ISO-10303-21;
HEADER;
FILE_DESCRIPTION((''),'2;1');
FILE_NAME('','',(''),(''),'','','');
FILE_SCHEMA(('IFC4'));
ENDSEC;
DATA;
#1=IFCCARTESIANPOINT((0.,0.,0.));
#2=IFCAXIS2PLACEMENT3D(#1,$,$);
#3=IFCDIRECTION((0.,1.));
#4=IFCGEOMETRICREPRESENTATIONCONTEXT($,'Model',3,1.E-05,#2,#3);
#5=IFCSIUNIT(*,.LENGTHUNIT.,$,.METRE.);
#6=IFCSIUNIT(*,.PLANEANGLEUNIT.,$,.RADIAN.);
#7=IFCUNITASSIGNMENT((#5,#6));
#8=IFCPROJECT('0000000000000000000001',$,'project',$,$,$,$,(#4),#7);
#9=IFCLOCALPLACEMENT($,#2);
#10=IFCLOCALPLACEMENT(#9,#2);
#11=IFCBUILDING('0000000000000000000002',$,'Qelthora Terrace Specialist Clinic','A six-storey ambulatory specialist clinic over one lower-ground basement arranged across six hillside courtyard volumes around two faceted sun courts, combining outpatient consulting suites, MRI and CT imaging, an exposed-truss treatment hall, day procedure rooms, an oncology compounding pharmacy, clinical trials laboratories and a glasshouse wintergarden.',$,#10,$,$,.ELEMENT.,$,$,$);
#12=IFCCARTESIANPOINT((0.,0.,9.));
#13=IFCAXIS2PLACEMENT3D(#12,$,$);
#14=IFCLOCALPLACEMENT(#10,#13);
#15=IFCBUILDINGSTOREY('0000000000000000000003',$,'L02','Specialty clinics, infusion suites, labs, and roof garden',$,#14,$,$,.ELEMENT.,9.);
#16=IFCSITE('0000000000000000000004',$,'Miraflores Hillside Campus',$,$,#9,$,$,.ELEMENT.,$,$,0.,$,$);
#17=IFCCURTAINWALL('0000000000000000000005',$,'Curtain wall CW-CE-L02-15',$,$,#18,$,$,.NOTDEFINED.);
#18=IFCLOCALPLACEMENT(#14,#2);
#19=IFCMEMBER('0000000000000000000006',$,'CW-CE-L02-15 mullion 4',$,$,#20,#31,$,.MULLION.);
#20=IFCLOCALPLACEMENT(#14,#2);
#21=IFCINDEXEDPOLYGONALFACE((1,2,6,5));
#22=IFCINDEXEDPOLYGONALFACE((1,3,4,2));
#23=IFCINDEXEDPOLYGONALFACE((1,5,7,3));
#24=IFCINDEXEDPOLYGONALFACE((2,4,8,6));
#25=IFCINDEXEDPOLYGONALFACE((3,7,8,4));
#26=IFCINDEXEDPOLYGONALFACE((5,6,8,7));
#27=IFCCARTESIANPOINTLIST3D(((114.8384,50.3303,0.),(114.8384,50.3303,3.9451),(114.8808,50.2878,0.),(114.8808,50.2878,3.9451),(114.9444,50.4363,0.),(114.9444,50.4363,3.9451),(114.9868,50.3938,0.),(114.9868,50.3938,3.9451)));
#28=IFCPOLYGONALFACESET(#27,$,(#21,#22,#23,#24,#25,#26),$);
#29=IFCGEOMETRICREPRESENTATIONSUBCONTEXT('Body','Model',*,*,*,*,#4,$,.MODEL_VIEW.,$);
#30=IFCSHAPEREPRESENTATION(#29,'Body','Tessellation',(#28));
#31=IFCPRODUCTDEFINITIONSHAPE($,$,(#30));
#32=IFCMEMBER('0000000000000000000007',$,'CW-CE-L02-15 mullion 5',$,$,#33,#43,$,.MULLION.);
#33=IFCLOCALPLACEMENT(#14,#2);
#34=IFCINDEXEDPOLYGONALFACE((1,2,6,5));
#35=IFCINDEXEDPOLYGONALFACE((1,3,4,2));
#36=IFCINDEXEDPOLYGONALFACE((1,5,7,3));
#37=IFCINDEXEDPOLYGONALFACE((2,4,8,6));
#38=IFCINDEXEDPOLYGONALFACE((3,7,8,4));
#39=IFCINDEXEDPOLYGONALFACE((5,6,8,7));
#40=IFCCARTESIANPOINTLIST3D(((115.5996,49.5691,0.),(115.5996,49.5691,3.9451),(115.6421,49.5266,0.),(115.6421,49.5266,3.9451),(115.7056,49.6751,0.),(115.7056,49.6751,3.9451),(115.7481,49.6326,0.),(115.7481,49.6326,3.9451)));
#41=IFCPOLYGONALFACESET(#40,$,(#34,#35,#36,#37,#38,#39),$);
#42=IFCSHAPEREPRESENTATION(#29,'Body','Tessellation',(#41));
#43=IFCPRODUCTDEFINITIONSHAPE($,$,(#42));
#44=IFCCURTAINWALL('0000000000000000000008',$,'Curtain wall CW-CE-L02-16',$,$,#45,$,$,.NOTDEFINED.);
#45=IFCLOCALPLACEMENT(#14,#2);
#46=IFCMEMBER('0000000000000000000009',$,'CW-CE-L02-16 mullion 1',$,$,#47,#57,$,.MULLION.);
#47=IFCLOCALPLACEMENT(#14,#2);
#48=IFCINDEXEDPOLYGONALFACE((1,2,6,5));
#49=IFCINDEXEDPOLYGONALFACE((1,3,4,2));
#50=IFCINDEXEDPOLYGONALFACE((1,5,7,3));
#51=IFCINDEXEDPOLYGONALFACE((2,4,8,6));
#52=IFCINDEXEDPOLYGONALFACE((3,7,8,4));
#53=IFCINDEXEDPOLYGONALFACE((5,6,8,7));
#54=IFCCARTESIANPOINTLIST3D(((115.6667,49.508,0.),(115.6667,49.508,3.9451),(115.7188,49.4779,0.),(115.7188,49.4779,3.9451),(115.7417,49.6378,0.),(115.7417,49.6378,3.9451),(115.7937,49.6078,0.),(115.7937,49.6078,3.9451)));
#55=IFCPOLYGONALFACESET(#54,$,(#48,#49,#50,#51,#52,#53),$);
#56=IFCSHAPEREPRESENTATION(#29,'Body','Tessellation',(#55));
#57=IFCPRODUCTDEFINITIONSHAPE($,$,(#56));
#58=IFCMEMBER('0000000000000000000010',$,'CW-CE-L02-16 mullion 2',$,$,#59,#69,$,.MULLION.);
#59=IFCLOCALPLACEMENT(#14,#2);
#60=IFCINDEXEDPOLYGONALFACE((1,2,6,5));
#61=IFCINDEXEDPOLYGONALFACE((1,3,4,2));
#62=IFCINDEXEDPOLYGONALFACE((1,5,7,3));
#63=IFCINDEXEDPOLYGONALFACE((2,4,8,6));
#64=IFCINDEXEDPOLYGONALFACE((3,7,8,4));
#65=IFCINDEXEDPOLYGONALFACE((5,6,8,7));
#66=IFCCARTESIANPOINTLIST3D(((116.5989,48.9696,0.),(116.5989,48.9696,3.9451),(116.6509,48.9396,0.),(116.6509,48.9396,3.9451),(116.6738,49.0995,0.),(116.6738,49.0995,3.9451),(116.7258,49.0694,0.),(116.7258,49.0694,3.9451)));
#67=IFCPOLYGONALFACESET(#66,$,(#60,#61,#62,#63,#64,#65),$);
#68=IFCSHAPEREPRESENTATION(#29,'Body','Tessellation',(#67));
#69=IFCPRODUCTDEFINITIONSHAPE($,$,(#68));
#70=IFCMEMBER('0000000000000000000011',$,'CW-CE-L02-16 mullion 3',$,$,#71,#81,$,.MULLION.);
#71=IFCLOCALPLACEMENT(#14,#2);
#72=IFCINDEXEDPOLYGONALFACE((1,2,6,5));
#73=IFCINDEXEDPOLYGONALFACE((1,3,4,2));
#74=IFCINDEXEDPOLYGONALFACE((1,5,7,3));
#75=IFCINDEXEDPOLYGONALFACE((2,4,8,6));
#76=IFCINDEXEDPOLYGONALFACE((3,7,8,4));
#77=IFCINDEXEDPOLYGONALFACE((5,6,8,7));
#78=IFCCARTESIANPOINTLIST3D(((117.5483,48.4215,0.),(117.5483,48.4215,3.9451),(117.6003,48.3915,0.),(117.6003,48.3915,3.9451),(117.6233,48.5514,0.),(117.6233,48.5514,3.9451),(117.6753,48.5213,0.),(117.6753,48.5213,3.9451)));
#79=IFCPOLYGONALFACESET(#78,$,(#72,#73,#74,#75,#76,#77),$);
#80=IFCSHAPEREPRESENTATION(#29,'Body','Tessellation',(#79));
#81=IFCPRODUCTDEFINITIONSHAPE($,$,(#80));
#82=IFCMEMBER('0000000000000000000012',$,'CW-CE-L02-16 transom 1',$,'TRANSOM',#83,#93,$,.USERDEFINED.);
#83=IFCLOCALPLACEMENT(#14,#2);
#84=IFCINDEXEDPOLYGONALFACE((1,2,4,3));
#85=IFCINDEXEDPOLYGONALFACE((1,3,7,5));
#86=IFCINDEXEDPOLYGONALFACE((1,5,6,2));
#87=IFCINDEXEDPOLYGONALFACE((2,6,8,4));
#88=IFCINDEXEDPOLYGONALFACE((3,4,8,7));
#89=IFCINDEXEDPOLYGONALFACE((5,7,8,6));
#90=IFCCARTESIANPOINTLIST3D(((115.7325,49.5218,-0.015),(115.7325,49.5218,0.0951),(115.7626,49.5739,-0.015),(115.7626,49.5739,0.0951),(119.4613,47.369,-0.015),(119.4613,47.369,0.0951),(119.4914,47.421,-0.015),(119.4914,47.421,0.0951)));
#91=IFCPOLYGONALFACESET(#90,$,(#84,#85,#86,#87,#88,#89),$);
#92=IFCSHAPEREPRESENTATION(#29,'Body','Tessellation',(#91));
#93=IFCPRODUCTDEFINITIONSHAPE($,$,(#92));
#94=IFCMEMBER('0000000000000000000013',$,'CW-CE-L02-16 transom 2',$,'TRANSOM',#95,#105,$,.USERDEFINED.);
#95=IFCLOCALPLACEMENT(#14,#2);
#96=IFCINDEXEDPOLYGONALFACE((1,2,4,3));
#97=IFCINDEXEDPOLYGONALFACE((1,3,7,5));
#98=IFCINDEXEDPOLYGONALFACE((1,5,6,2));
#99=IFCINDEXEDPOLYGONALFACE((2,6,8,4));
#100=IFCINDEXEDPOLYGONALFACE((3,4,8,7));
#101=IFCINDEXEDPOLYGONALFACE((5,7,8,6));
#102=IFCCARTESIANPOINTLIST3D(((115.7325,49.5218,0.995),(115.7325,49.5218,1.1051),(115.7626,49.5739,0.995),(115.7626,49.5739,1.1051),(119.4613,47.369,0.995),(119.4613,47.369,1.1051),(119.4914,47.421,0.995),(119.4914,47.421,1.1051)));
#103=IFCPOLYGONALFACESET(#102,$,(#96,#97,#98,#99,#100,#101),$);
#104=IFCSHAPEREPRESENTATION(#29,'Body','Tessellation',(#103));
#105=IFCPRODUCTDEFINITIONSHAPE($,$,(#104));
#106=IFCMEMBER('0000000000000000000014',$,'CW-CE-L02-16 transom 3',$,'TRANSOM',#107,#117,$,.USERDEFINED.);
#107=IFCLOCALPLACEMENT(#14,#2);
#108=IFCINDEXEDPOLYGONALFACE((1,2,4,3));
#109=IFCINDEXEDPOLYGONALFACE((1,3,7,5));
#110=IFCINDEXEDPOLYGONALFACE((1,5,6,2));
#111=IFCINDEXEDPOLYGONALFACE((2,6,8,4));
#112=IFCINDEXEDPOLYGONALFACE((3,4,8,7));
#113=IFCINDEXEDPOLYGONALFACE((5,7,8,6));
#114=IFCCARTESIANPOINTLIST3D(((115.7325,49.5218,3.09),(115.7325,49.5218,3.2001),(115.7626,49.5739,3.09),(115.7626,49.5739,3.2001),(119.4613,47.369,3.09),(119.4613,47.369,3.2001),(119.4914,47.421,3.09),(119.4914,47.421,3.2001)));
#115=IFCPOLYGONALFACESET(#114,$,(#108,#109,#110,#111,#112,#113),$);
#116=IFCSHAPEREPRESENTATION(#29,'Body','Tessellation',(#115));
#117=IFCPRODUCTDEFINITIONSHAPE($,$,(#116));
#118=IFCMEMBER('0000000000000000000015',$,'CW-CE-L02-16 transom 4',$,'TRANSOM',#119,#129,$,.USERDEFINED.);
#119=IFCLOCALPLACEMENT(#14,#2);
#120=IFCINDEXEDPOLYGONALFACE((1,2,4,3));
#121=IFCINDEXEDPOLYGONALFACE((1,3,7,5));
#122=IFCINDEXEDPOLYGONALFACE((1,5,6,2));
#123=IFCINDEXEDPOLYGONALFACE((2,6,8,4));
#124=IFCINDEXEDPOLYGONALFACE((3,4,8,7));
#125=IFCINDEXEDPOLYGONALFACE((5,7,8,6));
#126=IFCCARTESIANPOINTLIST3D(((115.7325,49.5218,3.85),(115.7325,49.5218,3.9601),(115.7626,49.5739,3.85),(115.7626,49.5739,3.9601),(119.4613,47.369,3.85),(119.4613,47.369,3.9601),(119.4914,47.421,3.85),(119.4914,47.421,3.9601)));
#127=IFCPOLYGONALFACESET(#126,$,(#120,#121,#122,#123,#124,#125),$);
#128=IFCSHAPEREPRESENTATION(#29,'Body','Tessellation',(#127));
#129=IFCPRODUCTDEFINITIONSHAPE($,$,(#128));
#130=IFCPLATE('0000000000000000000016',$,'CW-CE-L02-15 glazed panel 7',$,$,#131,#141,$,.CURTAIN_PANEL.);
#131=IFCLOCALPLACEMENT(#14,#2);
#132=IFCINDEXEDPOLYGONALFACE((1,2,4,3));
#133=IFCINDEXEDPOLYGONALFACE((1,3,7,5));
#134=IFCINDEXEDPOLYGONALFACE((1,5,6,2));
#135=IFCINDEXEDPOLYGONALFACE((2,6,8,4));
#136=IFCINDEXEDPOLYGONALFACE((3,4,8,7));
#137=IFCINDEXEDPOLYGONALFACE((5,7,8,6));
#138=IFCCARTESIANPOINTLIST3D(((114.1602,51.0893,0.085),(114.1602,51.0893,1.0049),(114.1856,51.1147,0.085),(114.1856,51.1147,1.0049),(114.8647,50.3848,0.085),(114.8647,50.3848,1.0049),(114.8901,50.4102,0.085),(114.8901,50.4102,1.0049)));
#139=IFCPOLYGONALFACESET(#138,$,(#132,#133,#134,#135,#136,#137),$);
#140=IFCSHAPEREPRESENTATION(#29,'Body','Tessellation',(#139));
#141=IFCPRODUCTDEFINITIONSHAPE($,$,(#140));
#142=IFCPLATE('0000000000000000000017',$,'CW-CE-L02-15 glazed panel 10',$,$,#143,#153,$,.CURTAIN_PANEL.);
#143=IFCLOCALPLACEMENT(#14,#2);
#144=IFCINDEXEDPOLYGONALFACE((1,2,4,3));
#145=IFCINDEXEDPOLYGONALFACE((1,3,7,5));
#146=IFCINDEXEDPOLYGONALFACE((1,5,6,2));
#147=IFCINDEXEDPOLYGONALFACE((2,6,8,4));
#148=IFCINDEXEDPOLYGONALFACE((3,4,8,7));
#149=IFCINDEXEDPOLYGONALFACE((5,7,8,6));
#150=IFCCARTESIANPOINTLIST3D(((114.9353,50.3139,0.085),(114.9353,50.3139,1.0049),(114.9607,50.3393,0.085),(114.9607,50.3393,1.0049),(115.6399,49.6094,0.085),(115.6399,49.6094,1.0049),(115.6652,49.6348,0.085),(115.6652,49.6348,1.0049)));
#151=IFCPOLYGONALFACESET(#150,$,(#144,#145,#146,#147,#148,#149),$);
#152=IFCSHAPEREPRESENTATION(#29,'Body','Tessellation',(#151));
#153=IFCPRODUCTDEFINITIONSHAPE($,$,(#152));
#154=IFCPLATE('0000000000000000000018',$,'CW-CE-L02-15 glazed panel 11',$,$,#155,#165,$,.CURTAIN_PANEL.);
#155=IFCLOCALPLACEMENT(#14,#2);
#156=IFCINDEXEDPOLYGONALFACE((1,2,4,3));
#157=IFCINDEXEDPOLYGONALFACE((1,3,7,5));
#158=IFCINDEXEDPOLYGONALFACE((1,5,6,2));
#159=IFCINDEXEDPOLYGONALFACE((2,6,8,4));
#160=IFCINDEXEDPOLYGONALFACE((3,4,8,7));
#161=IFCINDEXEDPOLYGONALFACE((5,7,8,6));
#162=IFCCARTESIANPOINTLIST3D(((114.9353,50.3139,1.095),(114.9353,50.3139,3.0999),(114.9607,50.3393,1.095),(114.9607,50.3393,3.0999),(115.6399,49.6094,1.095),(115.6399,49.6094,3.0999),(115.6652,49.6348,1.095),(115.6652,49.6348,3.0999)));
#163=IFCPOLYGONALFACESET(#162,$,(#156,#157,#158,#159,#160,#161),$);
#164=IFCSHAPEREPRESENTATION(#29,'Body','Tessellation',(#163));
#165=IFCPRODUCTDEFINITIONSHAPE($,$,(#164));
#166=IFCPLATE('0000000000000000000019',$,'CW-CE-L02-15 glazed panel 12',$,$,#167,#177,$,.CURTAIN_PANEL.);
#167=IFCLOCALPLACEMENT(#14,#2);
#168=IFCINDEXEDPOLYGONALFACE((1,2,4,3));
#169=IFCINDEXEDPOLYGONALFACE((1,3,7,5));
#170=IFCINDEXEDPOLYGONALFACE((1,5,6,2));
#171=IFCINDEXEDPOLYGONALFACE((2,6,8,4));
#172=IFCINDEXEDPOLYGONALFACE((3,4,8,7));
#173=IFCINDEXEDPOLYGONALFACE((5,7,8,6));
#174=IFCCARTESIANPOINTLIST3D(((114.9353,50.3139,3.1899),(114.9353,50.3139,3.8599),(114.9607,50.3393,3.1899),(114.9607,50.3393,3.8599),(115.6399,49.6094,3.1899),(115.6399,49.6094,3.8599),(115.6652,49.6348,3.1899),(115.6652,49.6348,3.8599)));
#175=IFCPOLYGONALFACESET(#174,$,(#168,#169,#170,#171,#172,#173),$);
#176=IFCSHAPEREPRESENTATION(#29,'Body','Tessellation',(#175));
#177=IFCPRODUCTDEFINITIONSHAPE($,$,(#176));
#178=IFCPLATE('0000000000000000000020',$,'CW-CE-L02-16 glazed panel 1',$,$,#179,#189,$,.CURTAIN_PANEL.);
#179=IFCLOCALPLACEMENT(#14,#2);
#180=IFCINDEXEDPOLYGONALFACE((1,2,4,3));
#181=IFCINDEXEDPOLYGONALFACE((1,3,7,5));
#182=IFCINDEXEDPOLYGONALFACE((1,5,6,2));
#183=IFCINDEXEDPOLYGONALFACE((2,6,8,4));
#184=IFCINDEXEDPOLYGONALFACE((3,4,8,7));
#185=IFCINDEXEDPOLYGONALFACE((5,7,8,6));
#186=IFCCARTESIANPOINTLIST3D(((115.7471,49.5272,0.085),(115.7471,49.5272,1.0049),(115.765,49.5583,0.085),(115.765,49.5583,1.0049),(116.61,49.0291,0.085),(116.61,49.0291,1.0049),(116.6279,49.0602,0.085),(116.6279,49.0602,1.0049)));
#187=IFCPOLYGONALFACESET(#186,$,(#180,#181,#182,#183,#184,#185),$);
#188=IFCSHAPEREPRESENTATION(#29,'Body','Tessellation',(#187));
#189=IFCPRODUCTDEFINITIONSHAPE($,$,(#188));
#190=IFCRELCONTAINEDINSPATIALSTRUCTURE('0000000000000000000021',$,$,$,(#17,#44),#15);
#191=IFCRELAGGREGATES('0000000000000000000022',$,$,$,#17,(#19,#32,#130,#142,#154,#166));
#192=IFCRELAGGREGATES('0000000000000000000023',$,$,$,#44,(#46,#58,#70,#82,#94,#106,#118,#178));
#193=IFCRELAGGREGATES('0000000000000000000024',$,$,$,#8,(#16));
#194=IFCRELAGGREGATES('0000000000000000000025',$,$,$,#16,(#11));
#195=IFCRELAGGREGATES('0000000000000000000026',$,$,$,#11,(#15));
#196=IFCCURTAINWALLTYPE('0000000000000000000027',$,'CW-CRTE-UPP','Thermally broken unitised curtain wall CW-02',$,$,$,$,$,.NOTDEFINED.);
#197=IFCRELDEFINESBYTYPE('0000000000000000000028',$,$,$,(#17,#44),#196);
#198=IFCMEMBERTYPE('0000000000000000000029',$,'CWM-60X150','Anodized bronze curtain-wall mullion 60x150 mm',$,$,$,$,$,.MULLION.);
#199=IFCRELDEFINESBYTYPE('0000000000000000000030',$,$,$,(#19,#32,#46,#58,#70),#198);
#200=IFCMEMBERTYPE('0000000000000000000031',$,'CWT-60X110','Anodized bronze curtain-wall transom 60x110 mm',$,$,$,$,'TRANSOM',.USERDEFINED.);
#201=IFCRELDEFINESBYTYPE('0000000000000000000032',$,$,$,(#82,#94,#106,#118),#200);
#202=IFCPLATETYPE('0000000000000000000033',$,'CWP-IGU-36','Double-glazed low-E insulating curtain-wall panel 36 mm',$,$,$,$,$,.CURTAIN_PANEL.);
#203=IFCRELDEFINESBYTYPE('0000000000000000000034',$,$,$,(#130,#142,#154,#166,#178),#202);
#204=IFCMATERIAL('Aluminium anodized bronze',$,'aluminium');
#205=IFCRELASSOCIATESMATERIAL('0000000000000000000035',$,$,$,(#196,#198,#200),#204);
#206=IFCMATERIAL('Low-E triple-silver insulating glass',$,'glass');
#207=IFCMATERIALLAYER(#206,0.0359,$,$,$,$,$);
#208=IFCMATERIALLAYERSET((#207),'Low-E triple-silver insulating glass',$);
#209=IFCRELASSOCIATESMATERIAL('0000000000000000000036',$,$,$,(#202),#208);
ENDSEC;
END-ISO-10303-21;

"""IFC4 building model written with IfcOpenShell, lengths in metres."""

from ifc_helpers import new_model, si_unit, direction, frame, origin, origin_2d, place, context, subcontext, project, spatial, rectangle, extrude, material, layer, layer_set, material_profile, profile_set, type_object, element, aggregate, save


model = new_model("IFC4")

# Units and contexts
model_context = context("Model", 3, precision=1e-05, world=origin(), true_north=direction((0.0, 1.0)))
body_context = subcontext(model_context, "Body", "Model", "MODEL_VIEW")
ifc_project = project(units=[si_unit("LENGTHUNIT", "METRE"), si_unit("PLANEANGLEUNIT", "RADIAN")], contexts=[model_context])

# Site, building, storey
site_placement = place(None, origin())
site = spatial("IfcSite", under=ifc_project, at=site_placement, Name="Miraflores Hillside Campus", CompositionType="ELEMENT", RefElevation=0.0)
building_placement = place(site_placement, origin())
building = spatial("IfcBuilding", under=site, at=building_placement, Name="Qelthora Terrace Specialist Clinic", Description="A six-storey ambulatory specialist clinic over one lower-ground basement arranged across six hillside courtyard volumes around two faceted sun courts, combining outpatient consulting suites, MRI and CT imaging, an exposed-truss treatment hall, day procedure rooms, an oncology compounding pharmacy, clinical trials laboratories and a glasshouse wintergarden.", CompositionType="ELEMENT")
storey_placement = place(building_placement, frame((0.0, 0.0, 9.0)))
storey = spatial("IfcBuildingStorey", under=building, at=storey_placement, Name="L02", Description="Specialty clinics, infusion suites, labs, and roof garden", CompositionType="ELEMENT", Elevation=9.0)

# Curtain walls, members
ifc_material_1 = material(Name="Aluminium anodized bronze", Category="aluminium")
curtain_wall_type = type_object("IfcCurtainWallType", Name="CW-CRTE-UPP", Description="Thermally broken unitised curtain wall CW-02", PredefinedType="NOTDEFINED", material=ifc_material_1)
curtain_wall_1_placement = place(storey_placement, origin())
curtain_wall_1 = element("IfcCurtainWall", 1, at=curtain_wall_1_placement, inside=storey, type_object=curtain_wall_type, Name="Curtain wall CW-CE-L02-15", PredefinedType="NOTDEFINED")
ifc_material_profile_1 = material_profile(ifc_material_1, rectangle(XDim=0.0601, YDim=0.1499, at=origin_2d()), Name="CWM60X150")
ifc_profile_set_1 = profile_set([ifc_material_profile_1], Name="Aluminium anodized bronze")
member_type_1 = type_object("IfcMemberType", Name="CWM-60X150", Description="Anodized bronze curtain-wall mullion 60x150 mm", PredefinedType="MULLION", material=ifc_profile_set_1)
member_1_placement = place(storey_placement, frame((114.9126, 50.3621, 0.0), z_axis=(0.0, 0.0, 1.0), x_axis=(0.707107, -0.707107, 0.0)))
member_1 = element("IfcMember", 2, at=member_1_placement, type_object=member_type_1, Name="CW-CE-L02-15 mullion 4", PredefinedType="MULLION", context=body_context, shape_type="SweptSolid", body=[
    extrude(rectangle(XDim=0.0601, YDim=0.1499, at=origin_2d()), origin(), (0.0, 0.0, 1.0), 3.9451),
])
member_2_placement = place(storey_placement, frame((115.6738, 49.6008, 0.0), z_axis=(0.0, 0.0, 1.0), x_axis=(0.707107, -0.707107, 0.0)))
member_2 = element("IfcMember", 3, at=member_2_placement, type_object=member_type_1, Name="CW-CE-L02-15 mullion 5", PredefinedType="MULLION", context=body_context, shape_type="SweptSolid", body=[
    extrude(rectangle(XDim=0.0601, YDim=0.1499, at=origin_2d()), origin(), (0.0, 0.0, 1.0), 3.9451),
])
curtain_wall_2_placement = place(storey_placement, origin())
curtain_wall_2 = element("IfcCurtainWall", 4, at=curtain_wall_2_placement, inside=storey, type_object=curtain_wall_type, Name="Curtain wall CW-CE-L02-16", PredefinedType="NOTDEFINED")
member_3_placement = place(storey_placement, frame((115.7302, 49.5579, 0.0), z_axis=(0.0, 0.0, 1.0), x_axis=(0.866025, -0.5, 0.0)))
member_3 = element("IfcMember", 5, at=member_3_placement, type_object=member_type_1, Name="CW-CE-L02-16 mullion 1", PredefinedType="MULLION", context=body_context, shape_type="SweptSolid", body=[
    extrude(rectangle(XDim=0.0601, YDim=0.1499, at=origin_2d()), origin(), (0.0, 0.0, 1.0), 3.9451),
])
member_4_placement = place(storey_placement, frame((116.6624, 49.0195, 0.0), z_axis=(0.0, 0.0, 1.0), x_axis=(0.866025, -0.5, 0.0)))
member_4 = element("IfcMember", 6, at=member_4_placement, type_object=member_type_1, Name="CW-CE-L02-16 mullion 2", PredefinedType="MULLION", context=body_context, shape_type="SweptSolid", body=[
    extrude(rectangle(XDim=0.0601, YDim=0.1499, at=origin_2d()), origin(), (0.0, 0.0, 1.0), 3.9451),
])
member_5_placement = place(storey_placement, frame((117.6118, 48.4714, 0.0), z_axis=(0.0, 0.0, 1.0), x_axis=(0.866025, -0.5, 0.0)))
member_5 = element("IfcMember", 7, at=member_5_placement, type_object=member_type_1, Name="CW-CE-L02-16 mullion 3", PredefinedType="MULLION", context=body_context, shape_type="SweptSolid", body=[
    extrude(rectangle(XDim=0.0601, YDim=0.1499, at=origin_2d()), origin(), (0.0, 0.0, 1.0), 3.9451),
])
ifc_material_profile_2 = material_profile(ifc_material_1, rectangle(XDim=0.0601, YDim=0.1101, at=origin_2d()), Name="CWT60X110")
ifc_profile_set_2 = profile_set([ifc_material_profile_2], Name="Aluminium anodized bronze")
member_type_2 = type_object("IfcMemberType", Name="CWT-60X110", Description="Anodized bronze curtain-wall transom 60x110 mm", ElementType="TRANSOM", PredefinedType="USERDEFINED", material=ifc_profile_set_2)
member_6_placement = place(storey_placement, frame((115.7476, 49.5479, 0.04), z_axis=(0.866022, -0.500006, 0.0), x_axis=(0.500006, 0.866022, 0.0)))
member_6 = element("IfcMember", 8, at=member_6_placement, type_object=member_type_2, Name="CW-CE-L02-16 transom 1", ObjectType="TRANSOM", PredefinedType="USERDEFINED", context=body_context, shape_type="SweptSolid", body=[
    extrude(rectangle(XDim=0.0601, YDim=0.1101, at=origin_2d()), origin(), (0.0, 0.0, 1.0), 4.3057),
])
member_7_placement = place(storey_placement, frame((115.7476, 49.5479, 1.05), z_axis=(0.866022, -0.500006, 0.0), x_axis=(0.500006, 0.866022, 0.0)))
member_7 = element("IfcMember", 9, at=member_7_placement, type_object=member_type_2, Name="CW-CE-L02-16 transom 2", ObjectType="TRANSOM", PredefinedType="USERDEFINED", context=body_context, shape_type="SweptSolid", body=[
    extrude(rectangle(XDim=0.0601, YDim=0.1101, at=origin_2d()), origin(), (0.0, 0.0, 1.0), 4.3057),
])
member_8_placement = place(storey_placement, frame((115.7476, 49.5479, 3.145), z_axis=(0.866022, -0.500006, 0.0), x_axis=(0.500006, 0.866022, 0.0)))
member_8 = element("IfcMember", 10, at=member_8_placement, type_object=member_type_2, Name="CW-CE-L02-16 transom 3", ObjectType="TRANSOM", PredefinedType="USERDEFINED", context=body_context, shape_type="SweptSolid", body=[
    extrude(rectangle(XDim=0.0601, YDim=0.1101, at=origin_2d()), origin(), (0.0, 0.0, 1.0), 4.3057),
])
member_9_placement = place(storey_placement, frame((115.7476, 49.5479, 3.905), z_axis=(0.866022, -0.500006, 0.0), x_axis=(0.500006, 0.866022, 0.0)))
member_9 = element("IfcMember", 11, at=member_9_placement, type_object=member_type_2, Name="CW-CE-L02-16 transom 4", ObjectType="TRANSOM", PredefinedType="USERDEFINED", context=body_context, shape_type="SweptSolid", body=[
    extrude(rectangle(XDim=0.0601, YDim=0.1101, at=origin_2d()), origin(), (0.0, 0.0, 1.0), 4.3057),
])

# Plates
ifc_material_2 = material(Name="Low-E triple-silver insulating glass", Category="glass")
ifc_layer = layer(ifc_material_2, 0.0359)
ifc_layer_set = layer_set([ifc_layer], Name="Low-E triple-silver insulating glass")
plate_type = type_object("IfcPlateType", Name="CWP-IGU-36", Description="Double-glazed low-E insulating curtain-wall panel 36 mm", PredefinedType="CURTAIN_PANEL", material=ifc_layer_set)
plate_1_placement = place(storey_placement, frame((114.5251, 50.7498, 0.085), z_axis=(0.0, 0.0, 1.0), x_axis=(0.707107, -0.707107, 0.0)))
plate_1 = element("IfcPlate", 12, at=plate_1_placement, type_object=plate_type, Name="CW-CE-L02-15 glazed panel 7", PredefinedType="CURTAIN_PANEL", context=body_context, shape_type="SweptSolid", body=[
    extrude(rectangle(XDim=0.9963, YDim=0.0359, at=origin_2d()), origin(), (0.0, 0.0, 1.0), 0.9199),
])
plate_2_placement = place(storey_placement, frame((115.3003, 49.9744, 0.085), z_axis=(0.0, 0.0, 1.0), x_axis=(0.707107, -0.707107, 0.0)))
plate_2 = element("IfcPlate", 13, at=plate_2_placement, type_object=plate_type, Name="CW-CE-L02-15 glazed panel 10", PredefinedType="CURTAIN_PANEL", context=body_context, shape_type="SweptSolid", body=[
    extrude(rectangle(XDim=0.9963, YDim=0.0359, at=origin_2d()), origin(), (0.0, 0.0, 1.0), 0.9199),
])
plate_3_placement = place(storey_placement, frame((115.3003, 49.9744, 1.095), z_axis=(0.0, 0.0, 1.0), x_axis=(0.707107, -0.707107, 0.0)))
plate_3 = element("IfcPlate", 14, at=plate_3_placement, type_object=plate_type, Name="CW-CE-L02-15 glazed panel 11", PredefinedType="CURTAIN_PANEL", context=body_context, shape_type="SweptSolid", body=[
    extrude(rectangle(XDim=0.9963, YDim=0.0359, at=origin_2d()), origin(), (0.0, 0.0, 1.0), 2.0049),
])
plate_4_placement = place(storey_placement, frame((115.3003, 49.9744, 3.1899), z_axis=(0.0, 0.0, 1.0), x_axis=(0.707107, -0.707107, 0.0)))
plate_4 = element("IfcPlate", 15, at=plate_4_placement, type_object=plate_type, Name="CW-CE-L02-15 glazed panel 12", PredefinedType="CURTAIN_PANEL", context=body_context, shape_type="SweptSolid", body=[
    extrude(rectangle(XDim=0.9963, YDim=0.0359, at=origin_2d()), origin(), (0.0, 0.0, 1.0), 0.6699),
])
aggregate(curtain_wall_1, [member_1, member_2, plate_1, plate_2, plate_3, plate_4])
plate_5_placement = place(storey_placement, frame((116.1875, 49.2937, 0.085), z_axis=(0.0, 0.0, 1.0), x_axis=(0.866025, -0.5, 0.0)))
plate_5 = element("IfcPlate", 16, at=plate_5_placement, type_object=plate_type, Name="CW-CE-L02-16 glazed panel 1", PredefinedType="CURTAIN_PANEL", context=body_context, shape_type="SweptSolid", body=[
    extrude(rectangle(XDim=0.9963, YDim=0.0359, at=origin_2d()), origin(), (0.0, 0.0, 1.0), 0.9199),
])
aggregate(curtain_wall_2, [member_3, member_4, member_5, member_6, member_7, member_8, member_9, plate_5])

save(model, "model.ifc")
